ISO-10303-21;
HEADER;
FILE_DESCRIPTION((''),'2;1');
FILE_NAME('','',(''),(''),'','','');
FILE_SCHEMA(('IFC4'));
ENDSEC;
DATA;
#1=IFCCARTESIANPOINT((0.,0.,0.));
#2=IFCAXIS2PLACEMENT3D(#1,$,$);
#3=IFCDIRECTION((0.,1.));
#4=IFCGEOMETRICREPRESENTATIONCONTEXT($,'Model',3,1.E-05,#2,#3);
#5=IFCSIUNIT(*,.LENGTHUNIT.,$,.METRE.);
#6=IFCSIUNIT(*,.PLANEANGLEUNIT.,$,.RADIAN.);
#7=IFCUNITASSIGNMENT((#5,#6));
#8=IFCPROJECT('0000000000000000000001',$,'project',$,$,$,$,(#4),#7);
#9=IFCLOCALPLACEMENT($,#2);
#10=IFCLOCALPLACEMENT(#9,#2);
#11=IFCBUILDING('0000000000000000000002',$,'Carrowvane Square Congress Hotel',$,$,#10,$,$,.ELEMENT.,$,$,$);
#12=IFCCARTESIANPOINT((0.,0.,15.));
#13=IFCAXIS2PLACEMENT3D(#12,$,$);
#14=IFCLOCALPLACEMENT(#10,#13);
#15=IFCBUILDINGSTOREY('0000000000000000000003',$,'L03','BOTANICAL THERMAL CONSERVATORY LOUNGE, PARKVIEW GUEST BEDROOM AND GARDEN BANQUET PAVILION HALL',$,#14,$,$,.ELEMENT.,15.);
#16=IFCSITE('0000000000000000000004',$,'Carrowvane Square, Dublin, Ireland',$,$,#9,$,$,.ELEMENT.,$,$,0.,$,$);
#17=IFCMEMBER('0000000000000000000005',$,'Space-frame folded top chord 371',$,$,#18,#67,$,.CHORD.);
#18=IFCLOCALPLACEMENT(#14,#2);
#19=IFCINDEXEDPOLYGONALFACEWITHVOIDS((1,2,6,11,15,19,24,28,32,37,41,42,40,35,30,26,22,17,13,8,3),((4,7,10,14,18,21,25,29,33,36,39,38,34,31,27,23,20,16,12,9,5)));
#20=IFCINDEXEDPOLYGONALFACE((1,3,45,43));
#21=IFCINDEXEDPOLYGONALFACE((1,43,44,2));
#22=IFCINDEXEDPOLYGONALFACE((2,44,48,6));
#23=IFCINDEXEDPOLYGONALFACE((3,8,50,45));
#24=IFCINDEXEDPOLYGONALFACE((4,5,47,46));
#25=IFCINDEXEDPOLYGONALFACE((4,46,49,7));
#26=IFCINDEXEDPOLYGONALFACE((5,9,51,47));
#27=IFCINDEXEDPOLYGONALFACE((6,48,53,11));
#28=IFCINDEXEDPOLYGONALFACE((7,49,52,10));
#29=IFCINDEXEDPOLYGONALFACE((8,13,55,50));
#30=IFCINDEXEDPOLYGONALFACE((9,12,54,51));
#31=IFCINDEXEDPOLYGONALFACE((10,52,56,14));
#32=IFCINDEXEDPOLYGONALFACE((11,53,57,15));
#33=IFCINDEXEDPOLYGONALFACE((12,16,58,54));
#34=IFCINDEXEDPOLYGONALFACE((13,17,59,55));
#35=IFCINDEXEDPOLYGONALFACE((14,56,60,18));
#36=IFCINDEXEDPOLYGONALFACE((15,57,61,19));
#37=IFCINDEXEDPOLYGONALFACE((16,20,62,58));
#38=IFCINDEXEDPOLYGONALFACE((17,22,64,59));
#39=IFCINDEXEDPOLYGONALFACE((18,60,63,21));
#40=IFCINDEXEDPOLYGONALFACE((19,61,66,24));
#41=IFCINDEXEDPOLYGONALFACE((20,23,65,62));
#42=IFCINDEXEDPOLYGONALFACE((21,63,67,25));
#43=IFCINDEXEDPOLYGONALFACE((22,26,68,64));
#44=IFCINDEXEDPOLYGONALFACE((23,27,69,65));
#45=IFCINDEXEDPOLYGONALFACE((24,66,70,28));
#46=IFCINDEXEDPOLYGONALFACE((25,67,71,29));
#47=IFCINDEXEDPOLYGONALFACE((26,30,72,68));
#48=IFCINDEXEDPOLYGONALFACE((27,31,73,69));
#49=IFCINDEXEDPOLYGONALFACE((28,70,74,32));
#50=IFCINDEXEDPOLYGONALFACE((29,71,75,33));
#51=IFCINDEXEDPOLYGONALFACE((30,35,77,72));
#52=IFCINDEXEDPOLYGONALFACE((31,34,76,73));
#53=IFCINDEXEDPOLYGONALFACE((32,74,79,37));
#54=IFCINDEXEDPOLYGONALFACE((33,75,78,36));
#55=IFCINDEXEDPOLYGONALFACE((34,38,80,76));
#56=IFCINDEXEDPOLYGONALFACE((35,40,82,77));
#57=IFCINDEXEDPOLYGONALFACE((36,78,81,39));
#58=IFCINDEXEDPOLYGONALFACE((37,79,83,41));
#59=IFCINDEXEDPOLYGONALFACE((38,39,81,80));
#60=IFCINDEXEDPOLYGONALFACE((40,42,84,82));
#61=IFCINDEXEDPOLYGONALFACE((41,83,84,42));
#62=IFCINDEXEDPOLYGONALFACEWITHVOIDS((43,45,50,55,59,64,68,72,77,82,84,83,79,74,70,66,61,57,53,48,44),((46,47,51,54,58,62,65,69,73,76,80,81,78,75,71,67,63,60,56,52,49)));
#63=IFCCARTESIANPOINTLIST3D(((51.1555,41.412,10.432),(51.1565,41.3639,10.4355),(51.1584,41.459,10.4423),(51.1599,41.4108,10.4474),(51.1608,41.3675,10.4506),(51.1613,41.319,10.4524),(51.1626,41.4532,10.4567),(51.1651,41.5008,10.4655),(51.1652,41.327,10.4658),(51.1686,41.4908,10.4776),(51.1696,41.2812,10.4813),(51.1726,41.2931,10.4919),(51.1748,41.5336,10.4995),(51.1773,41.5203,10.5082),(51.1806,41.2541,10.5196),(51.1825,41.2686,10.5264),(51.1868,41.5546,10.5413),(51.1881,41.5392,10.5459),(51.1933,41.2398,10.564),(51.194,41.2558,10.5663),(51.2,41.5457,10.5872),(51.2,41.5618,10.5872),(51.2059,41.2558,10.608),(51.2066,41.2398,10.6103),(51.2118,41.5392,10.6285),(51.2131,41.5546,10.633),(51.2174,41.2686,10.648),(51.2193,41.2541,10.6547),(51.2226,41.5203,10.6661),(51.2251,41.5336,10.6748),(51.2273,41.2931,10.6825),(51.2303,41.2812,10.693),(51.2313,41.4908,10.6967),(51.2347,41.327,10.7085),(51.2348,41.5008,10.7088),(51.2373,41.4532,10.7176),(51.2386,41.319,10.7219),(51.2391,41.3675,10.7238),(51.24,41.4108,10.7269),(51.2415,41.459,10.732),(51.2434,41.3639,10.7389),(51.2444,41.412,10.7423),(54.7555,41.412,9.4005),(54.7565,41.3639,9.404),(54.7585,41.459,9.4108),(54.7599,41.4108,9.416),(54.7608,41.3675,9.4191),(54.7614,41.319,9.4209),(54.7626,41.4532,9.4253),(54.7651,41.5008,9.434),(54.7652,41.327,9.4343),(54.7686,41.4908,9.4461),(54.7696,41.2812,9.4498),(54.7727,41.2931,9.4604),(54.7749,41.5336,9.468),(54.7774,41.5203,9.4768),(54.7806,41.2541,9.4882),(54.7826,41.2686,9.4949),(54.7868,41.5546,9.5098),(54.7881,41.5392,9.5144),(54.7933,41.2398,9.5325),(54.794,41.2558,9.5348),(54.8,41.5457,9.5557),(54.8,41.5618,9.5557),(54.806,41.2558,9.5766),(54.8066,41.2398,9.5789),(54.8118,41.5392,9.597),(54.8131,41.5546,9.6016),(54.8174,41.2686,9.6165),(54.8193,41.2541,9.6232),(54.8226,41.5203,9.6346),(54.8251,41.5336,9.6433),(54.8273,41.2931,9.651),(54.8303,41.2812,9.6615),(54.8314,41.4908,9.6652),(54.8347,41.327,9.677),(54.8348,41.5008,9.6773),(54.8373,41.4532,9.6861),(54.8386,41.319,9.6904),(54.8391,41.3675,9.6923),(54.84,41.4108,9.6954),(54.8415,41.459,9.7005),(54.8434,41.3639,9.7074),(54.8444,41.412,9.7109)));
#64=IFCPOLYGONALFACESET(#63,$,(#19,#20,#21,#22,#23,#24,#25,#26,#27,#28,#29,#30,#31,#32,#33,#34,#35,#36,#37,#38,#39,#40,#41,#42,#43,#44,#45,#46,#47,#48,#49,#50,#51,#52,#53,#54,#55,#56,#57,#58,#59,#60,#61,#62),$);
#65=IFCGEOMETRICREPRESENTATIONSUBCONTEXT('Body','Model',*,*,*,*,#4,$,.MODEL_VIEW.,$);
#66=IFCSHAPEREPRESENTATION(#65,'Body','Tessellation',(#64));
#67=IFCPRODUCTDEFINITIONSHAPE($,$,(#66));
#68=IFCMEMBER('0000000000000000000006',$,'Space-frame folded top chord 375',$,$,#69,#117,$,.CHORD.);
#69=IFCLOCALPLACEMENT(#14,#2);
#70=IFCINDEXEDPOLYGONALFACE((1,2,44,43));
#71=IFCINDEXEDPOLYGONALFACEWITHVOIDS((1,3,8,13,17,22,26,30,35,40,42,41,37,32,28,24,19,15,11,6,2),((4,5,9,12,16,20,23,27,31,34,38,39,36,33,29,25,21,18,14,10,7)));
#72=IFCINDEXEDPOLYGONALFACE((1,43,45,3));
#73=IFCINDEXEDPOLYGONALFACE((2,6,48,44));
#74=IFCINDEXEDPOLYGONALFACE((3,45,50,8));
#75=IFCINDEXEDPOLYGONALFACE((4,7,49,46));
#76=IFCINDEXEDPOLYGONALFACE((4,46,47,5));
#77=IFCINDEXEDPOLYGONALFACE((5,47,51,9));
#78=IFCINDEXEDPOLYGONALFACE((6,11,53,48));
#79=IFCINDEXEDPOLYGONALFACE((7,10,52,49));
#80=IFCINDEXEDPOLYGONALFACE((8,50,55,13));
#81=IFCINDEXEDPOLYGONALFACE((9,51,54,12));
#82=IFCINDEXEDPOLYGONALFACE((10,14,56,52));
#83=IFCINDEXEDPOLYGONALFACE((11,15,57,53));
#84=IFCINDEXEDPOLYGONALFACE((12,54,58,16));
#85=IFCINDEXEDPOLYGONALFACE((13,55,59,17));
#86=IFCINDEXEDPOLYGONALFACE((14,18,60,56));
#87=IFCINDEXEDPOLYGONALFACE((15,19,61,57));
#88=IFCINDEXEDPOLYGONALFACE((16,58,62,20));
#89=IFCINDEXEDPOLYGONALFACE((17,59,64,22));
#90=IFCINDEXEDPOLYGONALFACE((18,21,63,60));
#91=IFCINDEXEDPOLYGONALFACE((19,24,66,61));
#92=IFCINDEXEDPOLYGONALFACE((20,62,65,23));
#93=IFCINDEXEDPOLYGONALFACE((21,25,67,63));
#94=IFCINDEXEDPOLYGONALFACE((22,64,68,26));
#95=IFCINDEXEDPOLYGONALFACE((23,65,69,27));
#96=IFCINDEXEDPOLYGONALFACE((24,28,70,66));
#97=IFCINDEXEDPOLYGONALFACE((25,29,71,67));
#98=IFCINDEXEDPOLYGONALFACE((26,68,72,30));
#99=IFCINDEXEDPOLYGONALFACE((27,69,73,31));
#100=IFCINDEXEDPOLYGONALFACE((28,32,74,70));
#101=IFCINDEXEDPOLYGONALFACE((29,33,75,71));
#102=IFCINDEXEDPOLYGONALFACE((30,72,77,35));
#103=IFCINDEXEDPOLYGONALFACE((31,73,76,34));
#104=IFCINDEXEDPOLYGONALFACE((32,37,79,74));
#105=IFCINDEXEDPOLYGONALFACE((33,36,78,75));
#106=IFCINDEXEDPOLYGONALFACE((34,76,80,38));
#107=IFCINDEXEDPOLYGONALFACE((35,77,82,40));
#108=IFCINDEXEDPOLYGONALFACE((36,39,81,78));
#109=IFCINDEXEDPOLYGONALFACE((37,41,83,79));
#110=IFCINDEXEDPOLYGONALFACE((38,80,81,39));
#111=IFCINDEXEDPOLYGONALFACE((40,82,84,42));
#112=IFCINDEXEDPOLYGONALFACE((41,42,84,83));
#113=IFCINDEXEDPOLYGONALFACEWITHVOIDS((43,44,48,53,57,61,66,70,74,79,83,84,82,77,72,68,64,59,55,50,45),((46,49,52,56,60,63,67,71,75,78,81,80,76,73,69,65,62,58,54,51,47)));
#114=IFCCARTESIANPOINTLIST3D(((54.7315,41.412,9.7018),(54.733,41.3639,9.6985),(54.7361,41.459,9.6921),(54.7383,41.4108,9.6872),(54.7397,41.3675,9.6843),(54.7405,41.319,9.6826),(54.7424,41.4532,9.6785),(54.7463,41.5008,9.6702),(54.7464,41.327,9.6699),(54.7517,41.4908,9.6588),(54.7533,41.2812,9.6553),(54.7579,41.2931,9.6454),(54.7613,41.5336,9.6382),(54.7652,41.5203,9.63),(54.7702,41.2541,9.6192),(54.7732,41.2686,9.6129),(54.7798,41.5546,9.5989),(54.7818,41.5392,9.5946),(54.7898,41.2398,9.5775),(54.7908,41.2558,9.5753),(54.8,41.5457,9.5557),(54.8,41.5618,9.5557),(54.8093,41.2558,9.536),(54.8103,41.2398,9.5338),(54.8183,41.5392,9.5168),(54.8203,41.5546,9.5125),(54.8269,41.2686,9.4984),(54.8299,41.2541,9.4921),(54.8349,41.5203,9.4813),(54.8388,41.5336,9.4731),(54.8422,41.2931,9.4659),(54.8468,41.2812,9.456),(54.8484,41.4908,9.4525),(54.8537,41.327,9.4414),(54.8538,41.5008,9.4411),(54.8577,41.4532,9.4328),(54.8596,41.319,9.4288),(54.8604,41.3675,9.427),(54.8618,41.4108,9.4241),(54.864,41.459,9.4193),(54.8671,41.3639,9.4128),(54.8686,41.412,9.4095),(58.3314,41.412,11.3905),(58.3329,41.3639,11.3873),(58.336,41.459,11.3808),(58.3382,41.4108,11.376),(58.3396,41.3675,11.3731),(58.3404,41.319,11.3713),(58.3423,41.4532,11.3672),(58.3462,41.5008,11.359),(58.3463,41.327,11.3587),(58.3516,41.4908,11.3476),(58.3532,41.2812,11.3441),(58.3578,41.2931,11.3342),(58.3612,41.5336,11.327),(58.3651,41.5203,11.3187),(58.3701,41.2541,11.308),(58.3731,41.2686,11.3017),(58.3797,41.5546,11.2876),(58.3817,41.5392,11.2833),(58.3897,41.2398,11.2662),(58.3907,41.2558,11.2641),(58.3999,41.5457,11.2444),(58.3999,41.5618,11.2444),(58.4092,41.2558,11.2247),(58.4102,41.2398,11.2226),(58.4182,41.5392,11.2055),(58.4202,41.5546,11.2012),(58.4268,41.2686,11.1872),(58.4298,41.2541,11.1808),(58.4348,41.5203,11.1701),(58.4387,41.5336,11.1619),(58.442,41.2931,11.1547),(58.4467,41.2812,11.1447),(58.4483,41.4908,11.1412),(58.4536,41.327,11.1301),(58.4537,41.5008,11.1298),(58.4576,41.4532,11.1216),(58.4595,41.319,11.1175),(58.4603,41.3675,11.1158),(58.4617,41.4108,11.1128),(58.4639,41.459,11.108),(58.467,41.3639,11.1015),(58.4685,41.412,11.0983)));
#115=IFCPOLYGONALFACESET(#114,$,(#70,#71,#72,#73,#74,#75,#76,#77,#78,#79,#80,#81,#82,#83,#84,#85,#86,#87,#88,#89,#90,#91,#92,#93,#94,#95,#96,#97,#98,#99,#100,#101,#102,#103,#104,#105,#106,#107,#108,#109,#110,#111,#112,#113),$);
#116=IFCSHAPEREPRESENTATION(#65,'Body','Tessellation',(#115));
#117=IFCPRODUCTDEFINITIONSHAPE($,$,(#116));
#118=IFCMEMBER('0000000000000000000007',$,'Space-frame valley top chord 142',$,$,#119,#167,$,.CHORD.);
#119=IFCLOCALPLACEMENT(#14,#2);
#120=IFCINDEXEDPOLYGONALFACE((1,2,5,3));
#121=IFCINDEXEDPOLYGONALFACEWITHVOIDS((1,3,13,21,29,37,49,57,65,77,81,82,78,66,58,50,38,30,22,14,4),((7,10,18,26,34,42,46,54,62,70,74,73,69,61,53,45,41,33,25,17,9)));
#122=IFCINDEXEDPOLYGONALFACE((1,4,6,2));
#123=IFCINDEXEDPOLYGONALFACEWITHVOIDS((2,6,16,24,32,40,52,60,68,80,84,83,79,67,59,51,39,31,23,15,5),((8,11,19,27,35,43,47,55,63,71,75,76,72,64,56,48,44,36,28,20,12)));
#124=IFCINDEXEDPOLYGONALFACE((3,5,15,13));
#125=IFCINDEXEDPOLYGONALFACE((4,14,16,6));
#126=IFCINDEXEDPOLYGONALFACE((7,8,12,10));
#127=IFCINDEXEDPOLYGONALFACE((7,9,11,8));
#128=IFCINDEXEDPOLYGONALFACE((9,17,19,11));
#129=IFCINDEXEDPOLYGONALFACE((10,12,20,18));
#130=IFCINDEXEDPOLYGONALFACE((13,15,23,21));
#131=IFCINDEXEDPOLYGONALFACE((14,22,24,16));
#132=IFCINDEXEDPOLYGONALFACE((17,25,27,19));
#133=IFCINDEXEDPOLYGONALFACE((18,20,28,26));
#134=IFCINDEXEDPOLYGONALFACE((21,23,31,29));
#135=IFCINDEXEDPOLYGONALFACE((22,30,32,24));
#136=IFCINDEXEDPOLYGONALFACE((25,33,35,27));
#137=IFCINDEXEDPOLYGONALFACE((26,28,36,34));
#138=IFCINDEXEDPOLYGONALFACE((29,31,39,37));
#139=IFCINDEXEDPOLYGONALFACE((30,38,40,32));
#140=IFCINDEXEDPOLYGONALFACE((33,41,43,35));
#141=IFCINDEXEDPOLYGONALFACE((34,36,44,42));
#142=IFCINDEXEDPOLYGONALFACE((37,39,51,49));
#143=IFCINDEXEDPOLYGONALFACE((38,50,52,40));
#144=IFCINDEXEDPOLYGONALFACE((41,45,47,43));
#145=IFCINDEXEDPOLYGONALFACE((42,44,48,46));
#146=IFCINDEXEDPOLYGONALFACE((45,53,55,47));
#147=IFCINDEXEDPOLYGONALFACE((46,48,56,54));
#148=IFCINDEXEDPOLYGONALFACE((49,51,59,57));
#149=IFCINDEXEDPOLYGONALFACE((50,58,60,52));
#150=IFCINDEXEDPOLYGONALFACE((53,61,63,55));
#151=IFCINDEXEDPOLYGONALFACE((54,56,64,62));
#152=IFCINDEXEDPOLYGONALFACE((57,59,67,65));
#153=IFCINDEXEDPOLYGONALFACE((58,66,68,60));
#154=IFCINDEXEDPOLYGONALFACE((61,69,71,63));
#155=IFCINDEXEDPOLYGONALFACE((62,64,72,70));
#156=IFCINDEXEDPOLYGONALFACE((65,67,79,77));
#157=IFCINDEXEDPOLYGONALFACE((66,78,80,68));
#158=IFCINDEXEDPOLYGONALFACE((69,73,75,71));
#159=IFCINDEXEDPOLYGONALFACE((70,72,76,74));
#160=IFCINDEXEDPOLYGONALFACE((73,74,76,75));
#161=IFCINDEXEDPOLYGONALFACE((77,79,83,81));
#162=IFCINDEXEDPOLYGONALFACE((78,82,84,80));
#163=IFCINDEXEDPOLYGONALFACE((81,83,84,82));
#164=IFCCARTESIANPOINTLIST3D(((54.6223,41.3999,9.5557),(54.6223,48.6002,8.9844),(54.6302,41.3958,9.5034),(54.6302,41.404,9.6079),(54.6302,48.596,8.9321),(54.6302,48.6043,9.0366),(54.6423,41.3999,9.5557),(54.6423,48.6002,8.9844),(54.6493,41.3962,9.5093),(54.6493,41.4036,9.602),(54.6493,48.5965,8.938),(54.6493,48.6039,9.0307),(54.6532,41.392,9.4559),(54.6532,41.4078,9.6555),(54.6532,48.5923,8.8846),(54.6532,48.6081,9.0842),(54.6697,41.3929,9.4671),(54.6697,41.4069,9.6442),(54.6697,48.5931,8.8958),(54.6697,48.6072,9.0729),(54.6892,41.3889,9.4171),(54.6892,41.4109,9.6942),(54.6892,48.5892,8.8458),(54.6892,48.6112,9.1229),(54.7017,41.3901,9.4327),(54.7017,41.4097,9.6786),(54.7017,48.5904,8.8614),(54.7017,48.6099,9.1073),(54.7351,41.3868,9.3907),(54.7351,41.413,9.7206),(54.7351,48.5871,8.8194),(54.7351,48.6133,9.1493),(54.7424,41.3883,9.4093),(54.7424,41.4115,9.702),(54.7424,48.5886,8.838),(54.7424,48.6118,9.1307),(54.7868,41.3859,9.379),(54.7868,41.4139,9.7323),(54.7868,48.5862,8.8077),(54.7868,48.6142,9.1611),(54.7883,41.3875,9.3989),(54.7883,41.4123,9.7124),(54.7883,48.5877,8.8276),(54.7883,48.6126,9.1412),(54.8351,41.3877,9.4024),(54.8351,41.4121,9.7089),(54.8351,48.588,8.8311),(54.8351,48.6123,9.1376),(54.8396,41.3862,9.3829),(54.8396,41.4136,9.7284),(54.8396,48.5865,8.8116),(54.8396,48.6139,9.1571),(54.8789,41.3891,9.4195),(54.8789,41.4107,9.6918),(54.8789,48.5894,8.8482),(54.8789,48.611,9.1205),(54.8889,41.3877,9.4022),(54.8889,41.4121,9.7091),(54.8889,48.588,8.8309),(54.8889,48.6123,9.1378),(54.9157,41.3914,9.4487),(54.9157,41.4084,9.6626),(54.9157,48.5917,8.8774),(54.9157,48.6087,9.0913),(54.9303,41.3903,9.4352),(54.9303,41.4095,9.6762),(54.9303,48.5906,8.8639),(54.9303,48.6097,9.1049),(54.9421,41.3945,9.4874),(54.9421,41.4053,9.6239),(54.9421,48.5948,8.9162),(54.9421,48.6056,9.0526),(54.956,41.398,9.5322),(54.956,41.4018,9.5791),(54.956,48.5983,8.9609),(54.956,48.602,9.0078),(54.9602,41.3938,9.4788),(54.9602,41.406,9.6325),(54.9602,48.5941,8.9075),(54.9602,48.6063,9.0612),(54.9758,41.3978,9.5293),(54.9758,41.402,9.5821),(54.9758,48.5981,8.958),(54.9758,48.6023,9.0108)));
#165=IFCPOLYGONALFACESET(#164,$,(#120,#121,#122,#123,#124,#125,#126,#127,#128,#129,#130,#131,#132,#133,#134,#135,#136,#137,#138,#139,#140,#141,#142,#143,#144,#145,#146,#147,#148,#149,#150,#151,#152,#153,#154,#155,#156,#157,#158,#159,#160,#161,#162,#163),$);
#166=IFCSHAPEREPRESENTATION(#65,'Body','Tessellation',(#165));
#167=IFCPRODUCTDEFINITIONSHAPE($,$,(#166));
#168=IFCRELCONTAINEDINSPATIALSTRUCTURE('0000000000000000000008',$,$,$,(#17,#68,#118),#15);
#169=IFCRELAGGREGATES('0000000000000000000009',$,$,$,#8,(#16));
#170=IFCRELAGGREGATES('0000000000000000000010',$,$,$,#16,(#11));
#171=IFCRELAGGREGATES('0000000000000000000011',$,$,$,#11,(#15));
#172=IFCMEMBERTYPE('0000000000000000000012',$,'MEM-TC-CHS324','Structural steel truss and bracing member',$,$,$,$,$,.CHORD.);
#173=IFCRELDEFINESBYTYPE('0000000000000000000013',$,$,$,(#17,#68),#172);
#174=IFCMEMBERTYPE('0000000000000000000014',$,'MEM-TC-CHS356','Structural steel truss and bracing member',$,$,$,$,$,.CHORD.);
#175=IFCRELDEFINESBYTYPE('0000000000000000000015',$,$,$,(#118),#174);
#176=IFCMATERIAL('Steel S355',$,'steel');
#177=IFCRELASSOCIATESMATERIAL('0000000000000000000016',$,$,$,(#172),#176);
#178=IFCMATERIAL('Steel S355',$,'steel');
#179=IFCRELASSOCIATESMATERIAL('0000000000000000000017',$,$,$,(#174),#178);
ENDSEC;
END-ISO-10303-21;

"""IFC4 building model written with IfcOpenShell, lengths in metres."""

from ifc_helpers import new_model, si_unit, direction, frame, origin, origin_2d, place, context, subcontext, project, spatial, hollow_circle, extrude, material, material_profile, profile_set, type_object, element, save


model = new_model("IFC4")

# Units and contexts
model_context = context("Model", 3, precision=1e-05, world=origin(), true_north=direction((0.0, 1.0)))
body_context = subcontext(model_context, "Body", "Model", "MODEL_VIEW")
ifc_project = project(units=[si_unit("LENGTHUNIT", "METRE"), si_unit("PLANEANGLEUNIT", "RADIAN")], contexts=[model_context])

# Site, building, storey
site_placement = place(None, origin())
site = spatial("IfcSite", under=ifc_project, at=site_placement, Name="Carrowvane Square, Dublin, Ireland", CompositionType="ELEMENT", RefElevation=0.0)
building_placement = place(site_placement, origin())
building = spatial("IfcBuilding", under=site, at=building_placement, Name="Carrowvane Square Congress Hotel", CompositionType="ELEMENT")
storey_placement = place(building_placement, frame((0.0, 0.0, 15.0)))
storey = spatial("IfcBuildingStorey", under=building, at=storey_placement, Name="L03", Description="BOTANICAL THERMAL CONSERVATORY LOUNGE, PARKVIEW GUEST BEDROOM AND GARDEN BANQUET PAVILION HALL", CompositionType="ELEMENT", Elevation=15.0)

# Members
ifc_material_1 = material(Name="Steel S355", Category="steel")
ifc_material_profile_1 = material_profile(ifc_material_1, hollow_circle(Radius=0.1619, WallThickness=0.0161, at=origin_2d()), Name="CHS 323.9x16")
ifc_profile_set_1 = profile_set([ifc_material_profile_1], Name="Steel S355")
member_type_1 = type_object("IfcMemberType", Name="MEM-TC-CHS324", Description="Structural steel truss and bracing member", PredefinedType="CHORD", material=ifc_profile_set_1)
member_1_placement = place(storey_placement, frame((51.2, 41.3999, 10.5872), z_axis=(0.961319, 0.0, -0.275436), x_axis=(0.0, 1.0, 0.0)))
element("IfcMember", 1, at=member_1_placement, inside=storey, type_object=member_type_1, Name="Space-frame folded top chord 371", PredefinedType="CHORD", context=body_context, shape_type="SweptSolid", body=[
    extrude(hollow_circle(Radius=0.1619, WallThickness=0.0161, at=origin_2d()), origin(), (0.0, 0.0, 1.0), 3.7449),
])
member_2_placement = place(storey_placement, frame((54.8, 41.3999, 9.5557), z_axis=(0.905334, 0.0, 0.4247), x_axis=(0.0, 1.0, 0.0)))
element("IfcMember", 2, at=member_2_placement, inside=storey, type_object=member_type_1, Name="Space-frame folded top chord 375", PredefinedType="CHORD", context=body_context, shape_type="SweptSolid", body=[
    extrude(hollow_circle(Radius=0.1619, WallThickness=0.0161, at=origin_2d()), origin(), (0.0, 0.0, 1.0), 3.9763),
])
ifc_material_2 = material(Name="Steel S355", Category="steel")
ifc_material_profile_2 = material_profile(ifc_material_2, hollow_circle(Radius=0.1777, WallThickness=0.02, at=origin_2d()), Name="CHS 355.6x20")
ifc_profile_set_2 = profile_set([ifc_material_profile_2], Name="Steel S355")
member_type_2 = type_object("IfcMemberType", Name="MEM-TC-CHS356", Description="Structural steel truss and bracing member", PredefinedType="CHORD", material=ifc_profile_set_2)
member_3_placement = place(storey_placement, frame((54.8, 41.3999, 9.5557), z_axis=(0.0, 0.996867, -0.079095), x_axis=(-1.0, 0.0, 0.0)))
element("IfcMember", 3, at=member_3_placement, inside=storey, type_object=member_type_2, Name="Space-frame valley top chord 142", PredefinedType="CHORD", context=body_context, shape_type="SweptSolid", body=[
    extrude(hollow_circle(Radius=0.1777, WallThickness=0.02, at=origin_2d()), origin(), (0.0, 0.0, 1.0), 7.2229),
])

save(model, "model.ifc")
